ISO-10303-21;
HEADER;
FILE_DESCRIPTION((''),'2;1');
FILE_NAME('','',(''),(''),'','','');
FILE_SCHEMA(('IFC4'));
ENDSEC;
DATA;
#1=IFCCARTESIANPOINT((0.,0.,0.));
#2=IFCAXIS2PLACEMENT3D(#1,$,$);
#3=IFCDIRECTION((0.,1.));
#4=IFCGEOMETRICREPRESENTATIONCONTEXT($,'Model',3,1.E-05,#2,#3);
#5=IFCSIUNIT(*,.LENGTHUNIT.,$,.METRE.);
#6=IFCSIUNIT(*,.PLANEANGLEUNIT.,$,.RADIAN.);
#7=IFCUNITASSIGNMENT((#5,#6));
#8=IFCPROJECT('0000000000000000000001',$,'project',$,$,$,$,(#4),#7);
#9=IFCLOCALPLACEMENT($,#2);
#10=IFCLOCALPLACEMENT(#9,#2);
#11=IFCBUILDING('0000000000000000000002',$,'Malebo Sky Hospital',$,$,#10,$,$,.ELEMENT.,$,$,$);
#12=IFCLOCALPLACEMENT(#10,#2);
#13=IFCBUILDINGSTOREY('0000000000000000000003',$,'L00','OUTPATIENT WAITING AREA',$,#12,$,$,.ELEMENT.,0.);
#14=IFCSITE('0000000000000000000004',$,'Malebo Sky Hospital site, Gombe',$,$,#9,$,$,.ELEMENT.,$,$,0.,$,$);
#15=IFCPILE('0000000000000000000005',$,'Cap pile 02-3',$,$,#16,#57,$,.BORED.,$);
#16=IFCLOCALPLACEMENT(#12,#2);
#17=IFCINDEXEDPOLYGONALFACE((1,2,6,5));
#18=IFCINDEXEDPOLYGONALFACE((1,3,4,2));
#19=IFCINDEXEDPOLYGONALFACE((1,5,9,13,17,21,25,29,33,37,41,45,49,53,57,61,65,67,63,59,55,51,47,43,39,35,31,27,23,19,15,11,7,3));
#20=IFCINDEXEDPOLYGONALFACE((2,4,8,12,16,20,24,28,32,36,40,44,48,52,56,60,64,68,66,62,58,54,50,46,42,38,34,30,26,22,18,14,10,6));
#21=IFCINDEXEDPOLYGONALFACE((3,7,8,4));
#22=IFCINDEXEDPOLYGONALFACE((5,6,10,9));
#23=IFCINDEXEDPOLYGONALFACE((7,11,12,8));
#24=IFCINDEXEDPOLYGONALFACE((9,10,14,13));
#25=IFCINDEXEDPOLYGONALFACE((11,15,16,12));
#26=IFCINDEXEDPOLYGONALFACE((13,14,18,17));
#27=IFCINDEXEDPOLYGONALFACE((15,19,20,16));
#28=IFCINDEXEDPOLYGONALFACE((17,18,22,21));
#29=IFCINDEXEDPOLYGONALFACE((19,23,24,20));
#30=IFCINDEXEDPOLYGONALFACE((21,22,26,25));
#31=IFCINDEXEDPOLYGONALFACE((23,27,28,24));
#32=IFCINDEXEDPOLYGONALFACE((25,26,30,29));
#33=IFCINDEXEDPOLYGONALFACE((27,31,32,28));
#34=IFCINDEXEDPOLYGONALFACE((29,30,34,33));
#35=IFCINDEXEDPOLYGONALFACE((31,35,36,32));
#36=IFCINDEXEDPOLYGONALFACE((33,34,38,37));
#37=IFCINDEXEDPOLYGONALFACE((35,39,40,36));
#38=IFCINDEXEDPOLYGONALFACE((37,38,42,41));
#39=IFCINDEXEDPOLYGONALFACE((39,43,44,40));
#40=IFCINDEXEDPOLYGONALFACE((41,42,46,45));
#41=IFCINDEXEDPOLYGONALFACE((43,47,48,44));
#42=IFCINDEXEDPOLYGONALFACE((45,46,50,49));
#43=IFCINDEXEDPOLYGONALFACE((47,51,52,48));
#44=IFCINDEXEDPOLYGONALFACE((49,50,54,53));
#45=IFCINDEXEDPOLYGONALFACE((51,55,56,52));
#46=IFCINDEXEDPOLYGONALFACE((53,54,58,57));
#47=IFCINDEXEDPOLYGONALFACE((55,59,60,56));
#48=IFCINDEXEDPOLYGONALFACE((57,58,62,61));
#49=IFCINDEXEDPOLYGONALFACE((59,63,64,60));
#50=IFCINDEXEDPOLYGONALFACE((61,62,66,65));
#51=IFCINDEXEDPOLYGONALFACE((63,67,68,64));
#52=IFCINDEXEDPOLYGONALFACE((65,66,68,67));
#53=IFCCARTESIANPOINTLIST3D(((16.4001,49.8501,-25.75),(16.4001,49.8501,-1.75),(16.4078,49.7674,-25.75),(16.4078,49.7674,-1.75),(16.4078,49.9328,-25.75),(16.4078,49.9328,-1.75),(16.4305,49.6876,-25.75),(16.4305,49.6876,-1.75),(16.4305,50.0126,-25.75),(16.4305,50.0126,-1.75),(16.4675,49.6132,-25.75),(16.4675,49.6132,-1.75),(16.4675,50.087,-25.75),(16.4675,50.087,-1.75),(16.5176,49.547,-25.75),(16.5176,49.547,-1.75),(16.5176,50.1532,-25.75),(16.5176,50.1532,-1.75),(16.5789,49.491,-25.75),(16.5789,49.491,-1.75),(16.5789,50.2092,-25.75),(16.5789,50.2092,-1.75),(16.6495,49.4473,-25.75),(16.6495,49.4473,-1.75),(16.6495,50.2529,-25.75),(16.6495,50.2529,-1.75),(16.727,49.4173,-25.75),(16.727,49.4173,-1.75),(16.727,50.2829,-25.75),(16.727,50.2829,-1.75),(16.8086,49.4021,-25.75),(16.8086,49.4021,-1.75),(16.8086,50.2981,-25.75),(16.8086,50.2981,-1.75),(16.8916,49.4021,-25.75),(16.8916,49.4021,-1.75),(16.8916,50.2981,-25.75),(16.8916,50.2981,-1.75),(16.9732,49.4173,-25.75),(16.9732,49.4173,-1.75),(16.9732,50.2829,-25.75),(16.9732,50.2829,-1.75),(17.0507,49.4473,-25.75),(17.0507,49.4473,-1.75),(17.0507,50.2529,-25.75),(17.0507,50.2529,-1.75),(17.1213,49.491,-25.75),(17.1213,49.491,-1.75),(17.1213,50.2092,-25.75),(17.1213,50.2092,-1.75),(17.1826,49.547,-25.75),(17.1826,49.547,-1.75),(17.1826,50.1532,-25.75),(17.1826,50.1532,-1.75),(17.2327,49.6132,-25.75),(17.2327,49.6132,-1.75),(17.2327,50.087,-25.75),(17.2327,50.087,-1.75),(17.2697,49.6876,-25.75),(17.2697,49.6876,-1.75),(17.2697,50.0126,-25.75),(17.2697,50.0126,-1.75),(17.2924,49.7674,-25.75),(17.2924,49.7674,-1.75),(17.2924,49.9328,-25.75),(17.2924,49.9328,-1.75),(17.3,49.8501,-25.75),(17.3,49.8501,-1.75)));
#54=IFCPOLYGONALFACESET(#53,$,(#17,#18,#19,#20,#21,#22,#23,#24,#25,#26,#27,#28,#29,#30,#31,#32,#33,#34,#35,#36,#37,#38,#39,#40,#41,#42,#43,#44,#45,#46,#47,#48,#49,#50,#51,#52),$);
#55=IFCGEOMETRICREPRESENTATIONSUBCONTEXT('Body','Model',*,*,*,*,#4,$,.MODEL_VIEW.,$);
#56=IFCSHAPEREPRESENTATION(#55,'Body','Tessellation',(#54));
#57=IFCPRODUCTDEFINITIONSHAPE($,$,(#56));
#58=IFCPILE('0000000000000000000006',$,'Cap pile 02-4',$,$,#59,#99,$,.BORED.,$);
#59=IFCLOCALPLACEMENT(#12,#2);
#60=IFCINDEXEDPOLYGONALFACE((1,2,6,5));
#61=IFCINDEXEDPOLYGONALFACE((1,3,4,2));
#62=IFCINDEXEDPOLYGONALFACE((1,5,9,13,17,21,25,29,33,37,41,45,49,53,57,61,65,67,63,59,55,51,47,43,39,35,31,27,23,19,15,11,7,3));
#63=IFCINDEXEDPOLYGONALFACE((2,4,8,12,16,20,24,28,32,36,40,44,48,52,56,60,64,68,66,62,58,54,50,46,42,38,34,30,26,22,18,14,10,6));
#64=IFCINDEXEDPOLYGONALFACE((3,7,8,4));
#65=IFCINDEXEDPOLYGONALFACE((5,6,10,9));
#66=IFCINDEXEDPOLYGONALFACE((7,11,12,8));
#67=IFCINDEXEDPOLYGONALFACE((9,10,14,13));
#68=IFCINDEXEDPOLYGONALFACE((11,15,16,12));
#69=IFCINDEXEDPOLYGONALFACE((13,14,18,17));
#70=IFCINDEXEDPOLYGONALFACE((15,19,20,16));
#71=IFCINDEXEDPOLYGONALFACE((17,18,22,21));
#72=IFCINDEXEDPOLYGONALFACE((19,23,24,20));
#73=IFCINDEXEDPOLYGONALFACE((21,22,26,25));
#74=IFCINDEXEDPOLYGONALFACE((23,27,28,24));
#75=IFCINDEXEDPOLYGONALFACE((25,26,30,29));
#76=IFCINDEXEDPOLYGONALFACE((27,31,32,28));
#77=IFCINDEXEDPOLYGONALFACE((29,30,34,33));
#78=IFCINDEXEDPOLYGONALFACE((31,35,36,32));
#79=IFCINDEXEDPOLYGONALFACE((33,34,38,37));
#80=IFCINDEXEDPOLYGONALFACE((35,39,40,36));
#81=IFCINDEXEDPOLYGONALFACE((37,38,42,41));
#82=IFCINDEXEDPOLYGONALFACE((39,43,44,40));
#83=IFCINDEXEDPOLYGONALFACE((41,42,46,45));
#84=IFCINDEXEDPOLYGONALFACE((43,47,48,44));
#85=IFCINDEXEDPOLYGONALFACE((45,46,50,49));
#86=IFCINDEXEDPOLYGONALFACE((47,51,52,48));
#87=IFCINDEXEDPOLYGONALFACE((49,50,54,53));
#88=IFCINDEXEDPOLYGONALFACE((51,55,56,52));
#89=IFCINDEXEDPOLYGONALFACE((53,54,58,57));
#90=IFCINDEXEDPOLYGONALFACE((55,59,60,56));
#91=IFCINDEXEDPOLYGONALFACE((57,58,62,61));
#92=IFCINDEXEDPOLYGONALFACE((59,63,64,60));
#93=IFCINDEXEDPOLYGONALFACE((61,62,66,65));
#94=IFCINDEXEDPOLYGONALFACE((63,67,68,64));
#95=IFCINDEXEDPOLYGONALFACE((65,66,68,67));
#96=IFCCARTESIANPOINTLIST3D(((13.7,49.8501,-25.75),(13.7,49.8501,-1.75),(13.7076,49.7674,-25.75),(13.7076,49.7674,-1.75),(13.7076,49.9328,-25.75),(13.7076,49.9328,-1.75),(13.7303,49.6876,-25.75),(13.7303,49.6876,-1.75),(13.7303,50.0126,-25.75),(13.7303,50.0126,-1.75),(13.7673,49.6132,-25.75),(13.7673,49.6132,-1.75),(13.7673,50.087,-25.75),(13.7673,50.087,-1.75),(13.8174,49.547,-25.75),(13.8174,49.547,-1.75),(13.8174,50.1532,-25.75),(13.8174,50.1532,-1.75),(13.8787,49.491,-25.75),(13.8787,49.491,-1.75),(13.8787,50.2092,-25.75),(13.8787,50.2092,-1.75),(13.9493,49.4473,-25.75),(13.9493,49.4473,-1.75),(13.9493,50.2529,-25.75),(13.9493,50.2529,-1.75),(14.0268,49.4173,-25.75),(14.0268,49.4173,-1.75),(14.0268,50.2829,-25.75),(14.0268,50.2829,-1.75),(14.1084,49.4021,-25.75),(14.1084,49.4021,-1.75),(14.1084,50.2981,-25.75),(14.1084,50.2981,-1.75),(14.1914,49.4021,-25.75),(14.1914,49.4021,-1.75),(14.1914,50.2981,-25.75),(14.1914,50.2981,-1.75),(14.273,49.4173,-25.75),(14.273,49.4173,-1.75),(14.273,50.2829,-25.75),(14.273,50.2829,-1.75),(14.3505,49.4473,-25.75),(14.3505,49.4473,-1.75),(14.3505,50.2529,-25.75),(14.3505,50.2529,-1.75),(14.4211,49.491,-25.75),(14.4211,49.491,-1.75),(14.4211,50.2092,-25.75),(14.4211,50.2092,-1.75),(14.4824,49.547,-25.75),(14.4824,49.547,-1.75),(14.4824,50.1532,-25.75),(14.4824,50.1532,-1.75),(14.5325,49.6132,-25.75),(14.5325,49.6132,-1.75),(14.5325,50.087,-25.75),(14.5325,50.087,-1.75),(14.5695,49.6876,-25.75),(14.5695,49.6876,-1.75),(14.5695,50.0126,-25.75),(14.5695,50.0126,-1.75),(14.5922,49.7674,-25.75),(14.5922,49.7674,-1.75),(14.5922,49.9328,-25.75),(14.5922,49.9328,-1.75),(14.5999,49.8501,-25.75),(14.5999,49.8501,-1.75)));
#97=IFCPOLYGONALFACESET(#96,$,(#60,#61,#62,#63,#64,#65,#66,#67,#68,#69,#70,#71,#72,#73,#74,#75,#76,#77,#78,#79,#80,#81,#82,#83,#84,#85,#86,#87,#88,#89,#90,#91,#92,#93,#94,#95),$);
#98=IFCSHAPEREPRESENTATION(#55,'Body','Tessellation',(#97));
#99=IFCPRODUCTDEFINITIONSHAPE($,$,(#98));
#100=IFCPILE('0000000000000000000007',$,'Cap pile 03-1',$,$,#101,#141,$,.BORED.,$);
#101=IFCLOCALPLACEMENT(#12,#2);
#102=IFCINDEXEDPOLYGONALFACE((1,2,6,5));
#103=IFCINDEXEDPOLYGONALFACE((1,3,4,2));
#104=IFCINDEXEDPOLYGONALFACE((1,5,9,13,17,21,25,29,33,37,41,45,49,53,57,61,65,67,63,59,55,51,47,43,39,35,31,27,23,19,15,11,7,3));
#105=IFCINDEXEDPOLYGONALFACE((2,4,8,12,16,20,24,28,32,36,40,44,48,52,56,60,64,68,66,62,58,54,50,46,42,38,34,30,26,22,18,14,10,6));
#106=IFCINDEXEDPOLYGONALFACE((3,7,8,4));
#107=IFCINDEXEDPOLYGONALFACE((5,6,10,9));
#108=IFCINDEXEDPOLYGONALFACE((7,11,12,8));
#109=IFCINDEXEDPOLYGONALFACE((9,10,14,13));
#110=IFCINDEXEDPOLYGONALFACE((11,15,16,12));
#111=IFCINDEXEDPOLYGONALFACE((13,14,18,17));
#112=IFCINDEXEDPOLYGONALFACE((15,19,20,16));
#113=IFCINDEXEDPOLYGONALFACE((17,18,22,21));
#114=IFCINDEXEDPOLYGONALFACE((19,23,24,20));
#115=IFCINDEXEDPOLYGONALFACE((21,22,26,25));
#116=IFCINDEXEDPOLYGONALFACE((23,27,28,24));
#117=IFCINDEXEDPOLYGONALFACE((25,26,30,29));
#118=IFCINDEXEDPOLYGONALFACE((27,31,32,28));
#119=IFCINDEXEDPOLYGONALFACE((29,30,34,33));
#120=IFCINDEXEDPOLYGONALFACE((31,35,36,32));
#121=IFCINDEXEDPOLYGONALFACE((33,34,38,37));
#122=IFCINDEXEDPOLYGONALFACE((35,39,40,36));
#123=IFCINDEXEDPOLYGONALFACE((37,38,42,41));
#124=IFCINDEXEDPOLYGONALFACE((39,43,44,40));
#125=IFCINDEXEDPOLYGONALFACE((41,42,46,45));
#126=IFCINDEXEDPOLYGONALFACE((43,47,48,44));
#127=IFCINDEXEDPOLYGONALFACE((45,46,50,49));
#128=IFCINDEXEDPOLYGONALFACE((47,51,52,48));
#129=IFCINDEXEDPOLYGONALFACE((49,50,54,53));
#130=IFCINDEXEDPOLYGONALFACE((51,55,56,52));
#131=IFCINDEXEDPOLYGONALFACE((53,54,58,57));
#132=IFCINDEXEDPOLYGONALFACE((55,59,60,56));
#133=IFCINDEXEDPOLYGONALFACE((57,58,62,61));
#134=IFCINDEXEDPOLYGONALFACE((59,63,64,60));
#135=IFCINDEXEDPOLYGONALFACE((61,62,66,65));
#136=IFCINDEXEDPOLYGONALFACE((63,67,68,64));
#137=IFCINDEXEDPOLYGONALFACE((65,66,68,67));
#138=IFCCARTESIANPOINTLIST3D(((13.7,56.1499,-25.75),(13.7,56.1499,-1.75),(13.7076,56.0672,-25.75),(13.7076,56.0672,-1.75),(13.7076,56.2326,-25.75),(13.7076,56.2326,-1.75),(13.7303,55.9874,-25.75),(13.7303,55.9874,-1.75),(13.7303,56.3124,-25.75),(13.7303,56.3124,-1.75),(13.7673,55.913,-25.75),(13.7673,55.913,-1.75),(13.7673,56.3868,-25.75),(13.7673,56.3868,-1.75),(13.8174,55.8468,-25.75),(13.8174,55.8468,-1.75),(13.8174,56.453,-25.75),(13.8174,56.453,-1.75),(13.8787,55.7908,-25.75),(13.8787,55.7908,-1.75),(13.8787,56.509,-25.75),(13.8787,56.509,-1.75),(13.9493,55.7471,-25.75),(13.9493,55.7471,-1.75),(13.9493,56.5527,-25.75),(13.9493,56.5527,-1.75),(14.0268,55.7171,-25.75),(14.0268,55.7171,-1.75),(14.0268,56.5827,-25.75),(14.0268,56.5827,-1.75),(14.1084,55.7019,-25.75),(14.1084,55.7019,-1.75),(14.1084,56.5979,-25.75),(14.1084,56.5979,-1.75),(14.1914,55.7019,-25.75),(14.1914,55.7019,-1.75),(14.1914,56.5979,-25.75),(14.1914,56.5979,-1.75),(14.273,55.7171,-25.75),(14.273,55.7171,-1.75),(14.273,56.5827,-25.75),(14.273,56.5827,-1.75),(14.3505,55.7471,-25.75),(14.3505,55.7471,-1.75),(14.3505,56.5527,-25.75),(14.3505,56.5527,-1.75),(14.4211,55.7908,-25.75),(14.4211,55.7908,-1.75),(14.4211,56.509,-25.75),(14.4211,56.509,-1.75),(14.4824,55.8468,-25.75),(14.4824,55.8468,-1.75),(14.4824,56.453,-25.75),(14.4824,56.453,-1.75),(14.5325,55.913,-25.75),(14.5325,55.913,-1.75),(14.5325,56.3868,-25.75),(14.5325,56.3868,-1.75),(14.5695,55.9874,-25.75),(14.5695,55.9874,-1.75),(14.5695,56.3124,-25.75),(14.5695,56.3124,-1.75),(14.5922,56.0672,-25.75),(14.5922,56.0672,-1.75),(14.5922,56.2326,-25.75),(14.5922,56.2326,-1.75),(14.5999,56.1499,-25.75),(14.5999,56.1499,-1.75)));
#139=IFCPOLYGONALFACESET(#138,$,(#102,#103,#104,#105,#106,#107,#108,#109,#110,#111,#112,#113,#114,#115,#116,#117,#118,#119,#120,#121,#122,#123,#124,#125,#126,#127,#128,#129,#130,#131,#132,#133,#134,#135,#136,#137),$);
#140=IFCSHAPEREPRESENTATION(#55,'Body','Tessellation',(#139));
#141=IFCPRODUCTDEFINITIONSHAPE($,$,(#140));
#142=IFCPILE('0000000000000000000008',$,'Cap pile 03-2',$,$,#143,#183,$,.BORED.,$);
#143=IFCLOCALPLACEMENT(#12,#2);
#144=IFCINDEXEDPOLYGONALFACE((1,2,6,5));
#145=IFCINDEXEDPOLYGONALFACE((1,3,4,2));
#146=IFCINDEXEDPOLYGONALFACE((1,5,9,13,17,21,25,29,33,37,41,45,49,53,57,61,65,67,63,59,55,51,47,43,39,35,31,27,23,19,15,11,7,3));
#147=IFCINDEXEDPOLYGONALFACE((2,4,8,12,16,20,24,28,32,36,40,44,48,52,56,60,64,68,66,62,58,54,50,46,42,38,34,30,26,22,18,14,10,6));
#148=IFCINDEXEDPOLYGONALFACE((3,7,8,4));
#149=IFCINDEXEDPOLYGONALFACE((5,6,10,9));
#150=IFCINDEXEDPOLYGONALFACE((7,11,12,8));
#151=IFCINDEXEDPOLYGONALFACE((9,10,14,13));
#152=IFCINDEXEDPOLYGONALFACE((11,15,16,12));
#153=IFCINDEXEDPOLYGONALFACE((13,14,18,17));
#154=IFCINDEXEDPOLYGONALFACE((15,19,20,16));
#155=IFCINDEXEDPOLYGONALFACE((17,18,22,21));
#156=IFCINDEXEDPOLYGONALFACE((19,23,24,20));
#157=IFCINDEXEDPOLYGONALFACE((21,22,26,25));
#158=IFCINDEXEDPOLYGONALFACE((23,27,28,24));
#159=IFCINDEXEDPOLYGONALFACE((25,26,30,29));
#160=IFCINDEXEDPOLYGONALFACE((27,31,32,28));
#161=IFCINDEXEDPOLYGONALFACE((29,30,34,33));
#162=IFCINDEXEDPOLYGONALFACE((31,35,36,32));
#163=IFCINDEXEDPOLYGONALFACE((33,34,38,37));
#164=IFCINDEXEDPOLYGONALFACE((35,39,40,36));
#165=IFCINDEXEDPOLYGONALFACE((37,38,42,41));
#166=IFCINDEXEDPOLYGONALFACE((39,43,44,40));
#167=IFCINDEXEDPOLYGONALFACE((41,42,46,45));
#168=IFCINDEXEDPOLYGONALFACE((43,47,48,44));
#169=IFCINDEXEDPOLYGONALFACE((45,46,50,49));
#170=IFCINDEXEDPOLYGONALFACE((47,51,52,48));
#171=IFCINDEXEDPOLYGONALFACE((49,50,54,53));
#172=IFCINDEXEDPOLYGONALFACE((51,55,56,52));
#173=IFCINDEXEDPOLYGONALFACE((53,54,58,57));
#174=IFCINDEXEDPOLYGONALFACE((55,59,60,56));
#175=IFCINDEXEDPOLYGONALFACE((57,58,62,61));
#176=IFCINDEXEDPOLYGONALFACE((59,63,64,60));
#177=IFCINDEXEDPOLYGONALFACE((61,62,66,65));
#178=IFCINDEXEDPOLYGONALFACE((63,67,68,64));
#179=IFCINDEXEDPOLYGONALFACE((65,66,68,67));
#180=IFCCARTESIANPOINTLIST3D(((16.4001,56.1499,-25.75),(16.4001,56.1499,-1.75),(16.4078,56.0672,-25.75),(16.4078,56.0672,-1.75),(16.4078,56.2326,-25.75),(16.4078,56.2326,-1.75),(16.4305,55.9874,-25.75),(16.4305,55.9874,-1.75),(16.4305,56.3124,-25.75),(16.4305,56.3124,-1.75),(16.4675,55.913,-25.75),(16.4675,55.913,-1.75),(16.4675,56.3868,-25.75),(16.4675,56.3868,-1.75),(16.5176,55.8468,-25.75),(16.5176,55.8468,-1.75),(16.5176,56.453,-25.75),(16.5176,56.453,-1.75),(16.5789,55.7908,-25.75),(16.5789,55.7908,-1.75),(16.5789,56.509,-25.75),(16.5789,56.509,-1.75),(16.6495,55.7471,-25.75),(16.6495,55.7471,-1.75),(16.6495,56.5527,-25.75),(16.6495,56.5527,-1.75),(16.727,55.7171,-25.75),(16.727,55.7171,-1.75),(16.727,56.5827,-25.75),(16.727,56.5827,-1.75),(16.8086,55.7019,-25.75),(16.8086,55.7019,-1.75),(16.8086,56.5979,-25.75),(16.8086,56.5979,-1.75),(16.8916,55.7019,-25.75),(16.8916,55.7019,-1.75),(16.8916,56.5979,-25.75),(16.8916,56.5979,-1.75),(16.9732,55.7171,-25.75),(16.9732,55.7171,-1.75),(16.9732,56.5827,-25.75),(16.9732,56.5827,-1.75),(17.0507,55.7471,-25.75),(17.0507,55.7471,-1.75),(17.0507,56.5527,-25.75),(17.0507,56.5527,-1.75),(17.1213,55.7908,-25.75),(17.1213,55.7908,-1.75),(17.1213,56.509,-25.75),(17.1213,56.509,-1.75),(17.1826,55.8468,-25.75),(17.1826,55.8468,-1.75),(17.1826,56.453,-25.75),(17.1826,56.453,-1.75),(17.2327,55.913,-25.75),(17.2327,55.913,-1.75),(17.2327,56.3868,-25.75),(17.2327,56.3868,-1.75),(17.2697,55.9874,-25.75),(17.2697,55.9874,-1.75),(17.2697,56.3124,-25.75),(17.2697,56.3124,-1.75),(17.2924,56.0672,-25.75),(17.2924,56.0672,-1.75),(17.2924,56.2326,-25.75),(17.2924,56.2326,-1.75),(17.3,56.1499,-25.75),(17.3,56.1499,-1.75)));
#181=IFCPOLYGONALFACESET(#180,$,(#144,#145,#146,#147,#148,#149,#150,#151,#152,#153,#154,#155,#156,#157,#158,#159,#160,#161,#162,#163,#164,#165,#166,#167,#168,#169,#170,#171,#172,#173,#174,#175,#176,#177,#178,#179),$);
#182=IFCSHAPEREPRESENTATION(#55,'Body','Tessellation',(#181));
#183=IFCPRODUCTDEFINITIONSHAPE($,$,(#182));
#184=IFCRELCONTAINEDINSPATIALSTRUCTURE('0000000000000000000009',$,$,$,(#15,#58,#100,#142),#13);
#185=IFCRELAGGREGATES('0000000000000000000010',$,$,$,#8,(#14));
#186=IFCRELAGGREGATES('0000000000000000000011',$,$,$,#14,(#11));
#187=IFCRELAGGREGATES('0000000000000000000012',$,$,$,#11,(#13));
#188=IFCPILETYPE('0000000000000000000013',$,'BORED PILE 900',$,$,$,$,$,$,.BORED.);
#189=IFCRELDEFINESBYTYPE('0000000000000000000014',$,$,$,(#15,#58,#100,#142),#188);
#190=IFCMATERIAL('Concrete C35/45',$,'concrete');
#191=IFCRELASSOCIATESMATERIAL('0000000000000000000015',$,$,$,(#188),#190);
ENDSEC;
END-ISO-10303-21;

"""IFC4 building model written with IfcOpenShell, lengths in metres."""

from ifc_helpers import new_model, si_unit, direction, frame, origin, origin_2d, place, context, subcontext, project, spatial, circle, extrude, material, material_profile, profile_set, type_object, element, save


model = new_model("IFC4")

# Units and contexts
model_context = context("Model", 3, precision=1e-05, world=origin(), true_north=direction((0.0, 1.0)))
body_context = subcontext(model_context, "Body", "Model", "MODEL_VIEW")
ifc_project = project(units=[si_unit("LENGTHUNIT", "METRE"), si_unit("PLANEANGLEUNIT", "RADIAN")], contexts=[model_context])

# Site, building, storey
site_placement = place(None, origin())
site = spatial("IfcSite", under=ifc_project, at=site_placement, Name="Malebo Sky Hospital site, Gombe", CompositionType="ELEMENT", RefElevation=0.0)
building_placement = place(site_placement, origin())
building = spatial("IfcBuilding", under=site, at=building_placement, Name="Malebo Sky Hospital", CompositionType="ELEMENT")
storey_placement = place(building_placement, origin())
storey = spatial("IfcBuildingStorey", under=building, at=storey_placement, Name="L00", Description="OUTPATIENT WAITING AREA", CompositionType="ELEMENT", Elevation=0.0)

# Piles
ifc_material_1 = material(Name="Concrete C35/45", Category="concrete")
ifc_material_profile_1 = material_profile(ifc_material_1, circle(Radius=0.45, at=origin_2d()), Name="BP 900")
ifc_profile_set_1 = profile_set([ifc_material_profile_1], Name="Concrete C35/45")
pile_type = type_object("IfcPileType", Name="BORED PILE 900", PredefinedType="BORED", material=ifc_profile_set_1)
for number, where, z_axis, x_axis, name in (
    (1, (16.8501, 49.8501, -1.75), (0.0, 0.0, -1.0), (1.0, 0.0, 0.0), "Cap pile 02-3"),
    (2, (14.1499, 49.8501, -1.75), (0.0, 0.0, -1.0), (1.0, 0.0, 0.0), "Cap pile 02-4"),
    (3, (14.1499, 56.1499, -1.75), (0.0, 0.0, -1.0), (1.0, 0.0, 0.0), "Cap pile 03-1"),
    (4, (16.8501, 56.1499, -1.75), (0.0, 0.0, -1.0), (1.0, 0.0, 0.0), "Cap pile 03-2"),
):
    element("IfcPile", number, at=place(storey_placement, frame(where, z_axis=z_axis, x_axis=x_axis)), inside=storey, type_object=pile_type, Name=name, PredefinedType="BORED", context=body_context, shape_type="SweptSolid", body=[
        extrude(circle(Radius=0.45, at=origin_2d()), origin(), (0.0, 0.0, 1.0), 24.0),
    ])

save(model, "model.ifc")
